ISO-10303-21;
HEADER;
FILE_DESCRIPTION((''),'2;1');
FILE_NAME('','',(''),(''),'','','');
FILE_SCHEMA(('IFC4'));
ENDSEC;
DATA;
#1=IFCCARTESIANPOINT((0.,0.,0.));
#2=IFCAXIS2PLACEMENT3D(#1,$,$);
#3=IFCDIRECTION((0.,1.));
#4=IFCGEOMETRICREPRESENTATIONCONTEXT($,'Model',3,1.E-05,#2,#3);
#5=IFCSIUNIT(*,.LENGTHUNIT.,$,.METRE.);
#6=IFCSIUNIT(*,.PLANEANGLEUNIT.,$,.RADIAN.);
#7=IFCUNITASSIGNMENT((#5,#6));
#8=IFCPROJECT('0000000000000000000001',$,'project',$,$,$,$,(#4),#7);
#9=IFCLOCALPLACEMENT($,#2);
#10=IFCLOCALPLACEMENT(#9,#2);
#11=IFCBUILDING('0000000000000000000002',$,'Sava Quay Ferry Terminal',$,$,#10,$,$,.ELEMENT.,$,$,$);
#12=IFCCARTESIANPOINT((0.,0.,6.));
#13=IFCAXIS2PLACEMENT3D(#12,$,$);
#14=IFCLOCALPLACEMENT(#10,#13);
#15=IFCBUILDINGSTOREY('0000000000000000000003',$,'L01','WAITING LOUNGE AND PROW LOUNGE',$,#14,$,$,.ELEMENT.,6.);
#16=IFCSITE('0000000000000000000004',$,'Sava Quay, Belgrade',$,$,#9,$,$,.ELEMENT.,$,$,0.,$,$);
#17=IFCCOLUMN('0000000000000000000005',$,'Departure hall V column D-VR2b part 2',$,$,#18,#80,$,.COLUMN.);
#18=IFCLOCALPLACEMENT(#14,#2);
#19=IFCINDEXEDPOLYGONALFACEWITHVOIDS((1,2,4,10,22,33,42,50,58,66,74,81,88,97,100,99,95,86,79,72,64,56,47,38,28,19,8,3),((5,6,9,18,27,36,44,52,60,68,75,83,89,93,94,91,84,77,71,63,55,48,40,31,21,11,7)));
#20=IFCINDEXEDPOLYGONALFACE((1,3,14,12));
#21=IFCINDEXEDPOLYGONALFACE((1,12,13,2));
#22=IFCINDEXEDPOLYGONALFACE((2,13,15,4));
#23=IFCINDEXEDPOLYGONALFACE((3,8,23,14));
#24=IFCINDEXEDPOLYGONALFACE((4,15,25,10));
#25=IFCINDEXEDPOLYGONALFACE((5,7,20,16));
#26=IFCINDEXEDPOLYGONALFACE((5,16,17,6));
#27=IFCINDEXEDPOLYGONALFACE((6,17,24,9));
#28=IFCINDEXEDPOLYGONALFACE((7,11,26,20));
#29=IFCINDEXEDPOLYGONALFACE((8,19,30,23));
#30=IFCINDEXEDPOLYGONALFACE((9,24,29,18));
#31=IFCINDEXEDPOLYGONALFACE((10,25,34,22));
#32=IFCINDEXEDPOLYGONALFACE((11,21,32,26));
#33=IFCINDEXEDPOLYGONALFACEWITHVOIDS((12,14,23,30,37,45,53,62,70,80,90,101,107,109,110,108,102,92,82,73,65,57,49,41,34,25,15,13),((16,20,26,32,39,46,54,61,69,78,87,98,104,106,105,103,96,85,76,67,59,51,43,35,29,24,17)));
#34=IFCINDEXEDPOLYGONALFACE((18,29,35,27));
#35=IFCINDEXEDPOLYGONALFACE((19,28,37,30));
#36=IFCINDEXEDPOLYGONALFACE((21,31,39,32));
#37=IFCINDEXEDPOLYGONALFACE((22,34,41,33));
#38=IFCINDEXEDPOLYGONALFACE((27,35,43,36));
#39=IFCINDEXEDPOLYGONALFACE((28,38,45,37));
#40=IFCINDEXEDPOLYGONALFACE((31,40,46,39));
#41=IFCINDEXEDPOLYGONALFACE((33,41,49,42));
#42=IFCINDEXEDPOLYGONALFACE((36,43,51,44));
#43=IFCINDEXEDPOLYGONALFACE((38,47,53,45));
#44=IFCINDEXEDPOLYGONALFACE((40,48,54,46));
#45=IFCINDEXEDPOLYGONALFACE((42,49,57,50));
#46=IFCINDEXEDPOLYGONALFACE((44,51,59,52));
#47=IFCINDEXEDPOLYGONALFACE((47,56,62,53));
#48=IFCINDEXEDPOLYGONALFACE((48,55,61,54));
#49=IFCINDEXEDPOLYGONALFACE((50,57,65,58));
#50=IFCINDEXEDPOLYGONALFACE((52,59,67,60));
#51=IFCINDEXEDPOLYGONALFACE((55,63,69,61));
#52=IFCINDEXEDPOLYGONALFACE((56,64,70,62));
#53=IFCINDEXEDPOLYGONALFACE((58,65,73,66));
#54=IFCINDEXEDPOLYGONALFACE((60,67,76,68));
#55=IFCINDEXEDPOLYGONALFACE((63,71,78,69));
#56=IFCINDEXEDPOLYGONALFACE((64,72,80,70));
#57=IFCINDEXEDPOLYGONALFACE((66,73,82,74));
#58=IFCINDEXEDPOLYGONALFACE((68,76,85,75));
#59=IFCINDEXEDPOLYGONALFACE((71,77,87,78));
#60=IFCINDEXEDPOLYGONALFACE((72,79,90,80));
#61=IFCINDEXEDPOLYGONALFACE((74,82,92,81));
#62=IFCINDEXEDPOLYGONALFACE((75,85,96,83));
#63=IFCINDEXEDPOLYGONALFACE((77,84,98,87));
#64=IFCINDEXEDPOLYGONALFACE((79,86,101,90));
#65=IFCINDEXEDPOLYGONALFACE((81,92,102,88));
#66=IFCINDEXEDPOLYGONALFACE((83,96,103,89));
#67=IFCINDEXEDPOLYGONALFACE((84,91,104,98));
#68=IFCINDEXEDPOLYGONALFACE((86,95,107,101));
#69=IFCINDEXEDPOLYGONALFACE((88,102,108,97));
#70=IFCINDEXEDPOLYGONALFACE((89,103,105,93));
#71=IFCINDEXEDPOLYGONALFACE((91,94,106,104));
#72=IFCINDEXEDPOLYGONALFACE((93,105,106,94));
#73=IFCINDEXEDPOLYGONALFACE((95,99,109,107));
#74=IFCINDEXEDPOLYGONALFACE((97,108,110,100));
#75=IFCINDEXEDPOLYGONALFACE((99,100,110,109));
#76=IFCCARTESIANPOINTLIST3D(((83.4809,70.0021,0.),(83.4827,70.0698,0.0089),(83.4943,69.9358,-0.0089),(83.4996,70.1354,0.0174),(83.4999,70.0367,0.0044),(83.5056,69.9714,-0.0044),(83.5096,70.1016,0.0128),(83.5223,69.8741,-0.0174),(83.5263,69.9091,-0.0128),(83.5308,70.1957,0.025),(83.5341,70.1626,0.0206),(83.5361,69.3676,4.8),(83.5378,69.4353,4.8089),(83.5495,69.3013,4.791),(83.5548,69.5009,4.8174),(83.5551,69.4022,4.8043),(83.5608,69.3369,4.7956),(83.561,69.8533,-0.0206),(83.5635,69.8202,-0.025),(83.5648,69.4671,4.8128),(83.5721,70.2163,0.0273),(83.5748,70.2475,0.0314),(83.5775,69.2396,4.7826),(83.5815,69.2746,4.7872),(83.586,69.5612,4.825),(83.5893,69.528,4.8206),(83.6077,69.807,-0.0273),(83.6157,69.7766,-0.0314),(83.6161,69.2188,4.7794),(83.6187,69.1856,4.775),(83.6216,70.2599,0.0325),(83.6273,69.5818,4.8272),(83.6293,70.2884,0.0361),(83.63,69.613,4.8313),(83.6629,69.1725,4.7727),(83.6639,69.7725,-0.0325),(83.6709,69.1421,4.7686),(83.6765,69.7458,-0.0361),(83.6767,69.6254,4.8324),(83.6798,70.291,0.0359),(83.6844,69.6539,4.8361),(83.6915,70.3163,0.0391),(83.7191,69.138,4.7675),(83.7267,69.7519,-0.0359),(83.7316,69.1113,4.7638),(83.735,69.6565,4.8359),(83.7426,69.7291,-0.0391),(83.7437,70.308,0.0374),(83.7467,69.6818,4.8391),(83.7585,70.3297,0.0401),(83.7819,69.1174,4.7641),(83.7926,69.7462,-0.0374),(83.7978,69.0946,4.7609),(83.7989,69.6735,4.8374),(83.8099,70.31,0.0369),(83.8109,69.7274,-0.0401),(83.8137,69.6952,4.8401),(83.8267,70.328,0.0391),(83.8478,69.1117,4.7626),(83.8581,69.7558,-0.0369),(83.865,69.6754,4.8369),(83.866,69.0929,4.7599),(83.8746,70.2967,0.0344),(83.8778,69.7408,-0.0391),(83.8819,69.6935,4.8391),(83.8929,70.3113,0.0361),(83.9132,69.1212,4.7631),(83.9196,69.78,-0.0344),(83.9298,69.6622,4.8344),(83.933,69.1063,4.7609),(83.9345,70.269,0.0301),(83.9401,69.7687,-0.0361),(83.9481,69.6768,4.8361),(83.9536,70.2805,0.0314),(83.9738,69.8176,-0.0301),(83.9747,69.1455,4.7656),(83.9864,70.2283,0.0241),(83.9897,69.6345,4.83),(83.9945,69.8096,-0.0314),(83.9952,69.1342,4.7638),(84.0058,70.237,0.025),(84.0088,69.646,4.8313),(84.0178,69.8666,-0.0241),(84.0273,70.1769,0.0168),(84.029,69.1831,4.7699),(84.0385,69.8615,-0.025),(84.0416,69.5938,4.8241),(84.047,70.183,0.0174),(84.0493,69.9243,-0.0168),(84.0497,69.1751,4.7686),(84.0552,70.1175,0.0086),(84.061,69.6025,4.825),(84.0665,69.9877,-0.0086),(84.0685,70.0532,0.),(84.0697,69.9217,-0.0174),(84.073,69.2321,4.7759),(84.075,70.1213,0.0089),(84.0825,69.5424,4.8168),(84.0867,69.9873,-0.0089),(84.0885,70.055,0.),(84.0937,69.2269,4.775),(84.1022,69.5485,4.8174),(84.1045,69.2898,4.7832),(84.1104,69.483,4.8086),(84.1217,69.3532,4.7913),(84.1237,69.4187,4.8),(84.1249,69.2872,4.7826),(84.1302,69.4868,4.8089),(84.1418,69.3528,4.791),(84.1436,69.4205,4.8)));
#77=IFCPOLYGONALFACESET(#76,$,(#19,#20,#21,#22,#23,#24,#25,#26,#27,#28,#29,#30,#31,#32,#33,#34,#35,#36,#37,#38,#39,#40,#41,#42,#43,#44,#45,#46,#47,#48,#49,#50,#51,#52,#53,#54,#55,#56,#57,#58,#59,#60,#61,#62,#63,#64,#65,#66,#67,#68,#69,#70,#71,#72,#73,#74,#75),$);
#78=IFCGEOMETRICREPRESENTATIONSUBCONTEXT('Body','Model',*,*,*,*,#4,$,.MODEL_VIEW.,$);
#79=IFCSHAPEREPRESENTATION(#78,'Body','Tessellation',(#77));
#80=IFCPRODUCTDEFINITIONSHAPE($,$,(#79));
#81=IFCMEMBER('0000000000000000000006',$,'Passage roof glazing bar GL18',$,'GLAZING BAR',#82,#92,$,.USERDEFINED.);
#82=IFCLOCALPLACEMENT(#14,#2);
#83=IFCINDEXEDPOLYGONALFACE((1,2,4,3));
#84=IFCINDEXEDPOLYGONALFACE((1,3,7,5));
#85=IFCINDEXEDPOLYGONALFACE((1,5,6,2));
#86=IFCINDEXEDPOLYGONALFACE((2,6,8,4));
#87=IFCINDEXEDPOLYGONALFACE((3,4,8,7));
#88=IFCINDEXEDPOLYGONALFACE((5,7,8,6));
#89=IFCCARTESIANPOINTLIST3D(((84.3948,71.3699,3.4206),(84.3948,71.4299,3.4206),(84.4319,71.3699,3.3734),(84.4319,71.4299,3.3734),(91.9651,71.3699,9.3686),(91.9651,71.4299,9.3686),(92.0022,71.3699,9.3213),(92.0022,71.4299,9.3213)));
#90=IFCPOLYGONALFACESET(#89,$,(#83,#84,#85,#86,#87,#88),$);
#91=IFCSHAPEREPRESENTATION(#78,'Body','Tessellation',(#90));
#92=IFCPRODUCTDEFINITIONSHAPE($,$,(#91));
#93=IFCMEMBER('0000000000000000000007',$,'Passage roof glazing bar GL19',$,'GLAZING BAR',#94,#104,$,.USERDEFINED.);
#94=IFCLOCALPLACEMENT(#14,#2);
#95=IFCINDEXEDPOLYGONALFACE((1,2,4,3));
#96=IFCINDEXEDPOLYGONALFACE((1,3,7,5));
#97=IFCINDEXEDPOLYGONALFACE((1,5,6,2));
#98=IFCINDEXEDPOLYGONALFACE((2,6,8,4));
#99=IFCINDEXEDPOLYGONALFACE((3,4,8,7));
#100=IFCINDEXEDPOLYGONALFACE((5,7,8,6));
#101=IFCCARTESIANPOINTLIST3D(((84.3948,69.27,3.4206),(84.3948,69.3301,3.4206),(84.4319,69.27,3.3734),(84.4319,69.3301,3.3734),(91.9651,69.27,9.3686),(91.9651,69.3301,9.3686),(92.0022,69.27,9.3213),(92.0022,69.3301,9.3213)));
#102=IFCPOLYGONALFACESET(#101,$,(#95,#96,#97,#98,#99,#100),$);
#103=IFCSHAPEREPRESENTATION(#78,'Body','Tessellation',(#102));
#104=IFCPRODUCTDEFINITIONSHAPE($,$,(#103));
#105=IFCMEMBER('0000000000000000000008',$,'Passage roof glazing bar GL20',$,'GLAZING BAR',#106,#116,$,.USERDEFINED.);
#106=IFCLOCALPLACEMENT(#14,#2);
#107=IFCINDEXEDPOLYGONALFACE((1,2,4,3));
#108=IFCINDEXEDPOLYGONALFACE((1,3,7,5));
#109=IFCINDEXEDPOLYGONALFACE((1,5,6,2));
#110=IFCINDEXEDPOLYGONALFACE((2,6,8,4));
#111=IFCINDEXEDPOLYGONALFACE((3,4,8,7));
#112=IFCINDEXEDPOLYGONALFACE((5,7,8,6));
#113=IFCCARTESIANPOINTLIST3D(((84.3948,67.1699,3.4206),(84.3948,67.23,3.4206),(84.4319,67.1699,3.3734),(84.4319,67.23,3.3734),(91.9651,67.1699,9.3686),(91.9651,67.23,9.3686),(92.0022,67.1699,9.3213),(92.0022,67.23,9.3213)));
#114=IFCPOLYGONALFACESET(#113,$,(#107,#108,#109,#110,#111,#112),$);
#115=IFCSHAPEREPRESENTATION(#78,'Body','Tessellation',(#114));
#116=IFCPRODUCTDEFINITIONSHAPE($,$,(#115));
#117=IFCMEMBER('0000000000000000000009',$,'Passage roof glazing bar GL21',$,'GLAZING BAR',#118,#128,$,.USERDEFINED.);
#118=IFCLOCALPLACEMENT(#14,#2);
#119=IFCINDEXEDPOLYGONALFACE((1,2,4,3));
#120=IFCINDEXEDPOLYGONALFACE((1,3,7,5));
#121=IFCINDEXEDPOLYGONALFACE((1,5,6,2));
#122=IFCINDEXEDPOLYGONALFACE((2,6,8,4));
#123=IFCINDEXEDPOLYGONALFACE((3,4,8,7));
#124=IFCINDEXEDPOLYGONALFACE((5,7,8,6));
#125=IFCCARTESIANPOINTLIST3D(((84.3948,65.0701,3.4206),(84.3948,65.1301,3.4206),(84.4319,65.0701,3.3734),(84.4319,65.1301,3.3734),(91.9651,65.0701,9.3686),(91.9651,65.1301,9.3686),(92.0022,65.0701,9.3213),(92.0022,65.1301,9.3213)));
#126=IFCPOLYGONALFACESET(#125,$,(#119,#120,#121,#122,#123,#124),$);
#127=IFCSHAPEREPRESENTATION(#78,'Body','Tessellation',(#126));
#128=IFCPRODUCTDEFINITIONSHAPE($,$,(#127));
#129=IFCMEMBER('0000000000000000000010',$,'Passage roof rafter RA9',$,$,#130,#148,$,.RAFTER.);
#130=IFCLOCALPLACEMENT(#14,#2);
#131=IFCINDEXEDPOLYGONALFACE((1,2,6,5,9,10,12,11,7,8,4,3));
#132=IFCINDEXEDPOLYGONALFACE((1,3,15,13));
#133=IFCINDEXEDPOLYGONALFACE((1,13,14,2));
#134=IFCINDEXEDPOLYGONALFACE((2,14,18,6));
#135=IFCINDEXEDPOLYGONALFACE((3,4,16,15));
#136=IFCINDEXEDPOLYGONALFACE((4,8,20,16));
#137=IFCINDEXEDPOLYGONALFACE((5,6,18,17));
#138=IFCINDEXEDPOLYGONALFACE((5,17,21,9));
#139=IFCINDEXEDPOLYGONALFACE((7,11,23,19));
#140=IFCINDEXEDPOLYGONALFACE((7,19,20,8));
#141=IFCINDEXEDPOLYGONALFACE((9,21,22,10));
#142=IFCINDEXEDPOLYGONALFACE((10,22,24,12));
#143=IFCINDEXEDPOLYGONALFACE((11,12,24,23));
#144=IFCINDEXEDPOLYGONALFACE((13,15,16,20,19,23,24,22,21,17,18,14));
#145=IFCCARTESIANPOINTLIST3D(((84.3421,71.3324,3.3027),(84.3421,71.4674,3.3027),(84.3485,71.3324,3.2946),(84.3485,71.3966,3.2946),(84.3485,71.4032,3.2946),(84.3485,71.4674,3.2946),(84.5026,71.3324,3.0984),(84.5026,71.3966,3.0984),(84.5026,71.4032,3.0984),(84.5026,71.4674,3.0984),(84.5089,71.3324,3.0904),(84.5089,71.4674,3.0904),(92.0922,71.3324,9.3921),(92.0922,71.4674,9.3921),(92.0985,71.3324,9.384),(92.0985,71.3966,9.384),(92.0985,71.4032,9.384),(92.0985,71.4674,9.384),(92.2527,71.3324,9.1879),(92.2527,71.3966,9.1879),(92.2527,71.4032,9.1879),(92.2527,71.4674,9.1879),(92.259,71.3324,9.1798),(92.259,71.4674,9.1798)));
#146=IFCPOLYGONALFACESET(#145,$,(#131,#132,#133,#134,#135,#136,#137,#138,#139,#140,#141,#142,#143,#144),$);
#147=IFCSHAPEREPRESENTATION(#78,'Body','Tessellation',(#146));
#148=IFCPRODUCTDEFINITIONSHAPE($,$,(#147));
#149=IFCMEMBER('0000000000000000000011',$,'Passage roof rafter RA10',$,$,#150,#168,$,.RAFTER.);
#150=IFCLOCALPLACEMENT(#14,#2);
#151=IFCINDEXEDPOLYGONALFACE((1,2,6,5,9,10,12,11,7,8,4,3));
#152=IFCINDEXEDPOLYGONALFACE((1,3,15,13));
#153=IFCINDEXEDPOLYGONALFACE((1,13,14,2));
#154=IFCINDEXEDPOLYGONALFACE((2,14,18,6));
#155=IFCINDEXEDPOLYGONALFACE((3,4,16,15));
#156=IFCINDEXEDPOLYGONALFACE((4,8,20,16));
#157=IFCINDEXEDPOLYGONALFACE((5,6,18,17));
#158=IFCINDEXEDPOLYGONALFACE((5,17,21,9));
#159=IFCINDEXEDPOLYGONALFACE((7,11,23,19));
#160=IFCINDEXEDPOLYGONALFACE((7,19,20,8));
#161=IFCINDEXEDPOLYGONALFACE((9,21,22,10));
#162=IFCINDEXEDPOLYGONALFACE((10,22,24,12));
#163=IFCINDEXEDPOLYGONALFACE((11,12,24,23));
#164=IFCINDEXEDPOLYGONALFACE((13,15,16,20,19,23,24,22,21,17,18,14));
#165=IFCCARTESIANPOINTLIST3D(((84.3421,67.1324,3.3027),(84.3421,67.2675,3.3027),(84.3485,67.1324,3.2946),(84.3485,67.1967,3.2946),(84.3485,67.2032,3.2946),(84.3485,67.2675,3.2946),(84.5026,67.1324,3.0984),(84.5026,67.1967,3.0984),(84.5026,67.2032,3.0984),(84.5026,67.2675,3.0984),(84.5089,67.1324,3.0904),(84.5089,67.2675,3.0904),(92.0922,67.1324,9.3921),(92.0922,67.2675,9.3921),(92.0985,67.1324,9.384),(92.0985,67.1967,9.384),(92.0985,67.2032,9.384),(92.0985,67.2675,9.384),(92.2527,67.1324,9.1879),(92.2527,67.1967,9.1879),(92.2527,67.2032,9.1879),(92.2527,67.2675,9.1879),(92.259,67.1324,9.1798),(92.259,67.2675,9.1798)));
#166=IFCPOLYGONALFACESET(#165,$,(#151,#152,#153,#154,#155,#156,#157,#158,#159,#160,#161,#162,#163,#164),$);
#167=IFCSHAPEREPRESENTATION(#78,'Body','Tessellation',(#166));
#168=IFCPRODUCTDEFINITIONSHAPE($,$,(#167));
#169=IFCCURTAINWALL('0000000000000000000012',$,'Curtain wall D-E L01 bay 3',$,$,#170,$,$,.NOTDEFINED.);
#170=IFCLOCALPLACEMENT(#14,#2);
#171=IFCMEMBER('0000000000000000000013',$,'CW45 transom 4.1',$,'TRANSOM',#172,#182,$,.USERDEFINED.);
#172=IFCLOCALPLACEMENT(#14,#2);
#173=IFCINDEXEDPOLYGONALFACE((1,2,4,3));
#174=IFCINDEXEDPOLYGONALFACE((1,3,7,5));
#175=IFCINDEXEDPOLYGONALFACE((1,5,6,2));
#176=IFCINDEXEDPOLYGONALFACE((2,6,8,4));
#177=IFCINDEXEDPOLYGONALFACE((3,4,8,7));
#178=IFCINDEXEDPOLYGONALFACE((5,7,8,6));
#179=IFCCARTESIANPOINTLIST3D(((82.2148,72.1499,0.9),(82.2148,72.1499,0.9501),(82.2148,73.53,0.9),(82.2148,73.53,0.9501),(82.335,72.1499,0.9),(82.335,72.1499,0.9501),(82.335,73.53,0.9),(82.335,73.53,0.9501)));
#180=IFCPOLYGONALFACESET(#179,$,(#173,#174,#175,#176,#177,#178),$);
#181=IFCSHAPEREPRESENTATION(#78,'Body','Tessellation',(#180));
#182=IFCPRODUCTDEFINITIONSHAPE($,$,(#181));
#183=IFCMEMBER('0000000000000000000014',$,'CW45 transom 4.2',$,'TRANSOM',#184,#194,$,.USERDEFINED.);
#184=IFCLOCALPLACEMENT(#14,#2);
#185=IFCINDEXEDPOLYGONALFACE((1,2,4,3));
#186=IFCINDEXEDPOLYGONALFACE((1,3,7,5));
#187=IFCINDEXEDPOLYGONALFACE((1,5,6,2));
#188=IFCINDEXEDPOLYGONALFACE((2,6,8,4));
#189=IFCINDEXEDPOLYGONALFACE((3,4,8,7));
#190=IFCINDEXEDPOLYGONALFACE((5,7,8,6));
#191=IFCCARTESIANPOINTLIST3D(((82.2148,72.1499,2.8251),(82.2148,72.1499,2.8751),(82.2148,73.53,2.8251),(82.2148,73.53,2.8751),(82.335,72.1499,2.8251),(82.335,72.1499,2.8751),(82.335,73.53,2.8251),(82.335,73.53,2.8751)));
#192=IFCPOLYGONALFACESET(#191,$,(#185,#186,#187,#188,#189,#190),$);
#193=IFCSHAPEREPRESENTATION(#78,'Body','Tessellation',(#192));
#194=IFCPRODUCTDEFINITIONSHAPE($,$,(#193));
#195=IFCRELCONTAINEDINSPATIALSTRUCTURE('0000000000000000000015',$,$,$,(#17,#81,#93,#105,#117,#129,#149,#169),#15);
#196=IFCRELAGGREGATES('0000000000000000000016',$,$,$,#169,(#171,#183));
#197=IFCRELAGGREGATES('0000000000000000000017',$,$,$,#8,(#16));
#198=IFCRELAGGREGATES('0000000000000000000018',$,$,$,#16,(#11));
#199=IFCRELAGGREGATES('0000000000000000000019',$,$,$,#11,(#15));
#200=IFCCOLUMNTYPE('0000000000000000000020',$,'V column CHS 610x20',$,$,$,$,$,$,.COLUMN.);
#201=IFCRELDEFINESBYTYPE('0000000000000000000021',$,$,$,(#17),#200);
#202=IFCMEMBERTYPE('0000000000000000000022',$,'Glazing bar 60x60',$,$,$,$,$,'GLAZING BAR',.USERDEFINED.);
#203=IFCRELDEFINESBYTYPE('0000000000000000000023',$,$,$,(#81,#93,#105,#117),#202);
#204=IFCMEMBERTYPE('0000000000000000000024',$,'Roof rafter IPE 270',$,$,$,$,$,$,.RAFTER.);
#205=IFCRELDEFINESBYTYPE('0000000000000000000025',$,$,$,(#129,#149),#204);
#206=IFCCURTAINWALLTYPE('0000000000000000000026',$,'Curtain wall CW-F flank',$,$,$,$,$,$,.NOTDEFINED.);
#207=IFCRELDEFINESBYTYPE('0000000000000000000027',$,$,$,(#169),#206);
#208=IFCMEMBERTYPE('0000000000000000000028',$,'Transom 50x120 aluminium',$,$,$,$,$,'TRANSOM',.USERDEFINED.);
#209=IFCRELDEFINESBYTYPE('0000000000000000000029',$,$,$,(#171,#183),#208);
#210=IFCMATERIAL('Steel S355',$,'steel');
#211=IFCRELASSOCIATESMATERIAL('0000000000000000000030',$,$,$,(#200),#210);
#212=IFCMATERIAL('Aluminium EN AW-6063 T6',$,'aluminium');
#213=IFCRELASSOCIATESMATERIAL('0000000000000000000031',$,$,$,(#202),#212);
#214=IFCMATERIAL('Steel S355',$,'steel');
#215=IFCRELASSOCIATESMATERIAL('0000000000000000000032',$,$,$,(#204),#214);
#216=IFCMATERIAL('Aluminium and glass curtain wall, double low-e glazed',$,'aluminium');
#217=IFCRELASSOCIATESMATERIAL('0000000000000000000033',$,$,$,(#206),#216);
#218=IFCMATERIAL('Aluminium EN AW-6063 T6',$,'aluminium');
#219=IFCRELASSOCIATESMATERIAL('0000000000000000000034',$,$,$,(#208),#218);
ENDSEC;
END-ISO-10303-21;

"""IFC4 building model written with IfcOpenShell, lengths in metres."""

from ifc_helpers import new_model, si_unit, direction, frame, origin, origin_2d, place, context, subcontext, project, spatial, rectangle, hollow_circle, i_section, extrude, material, material_profile, profile_set, type_object, element, aggregate, save


model = new_model("IFC4")

# Units and contexts
model_context = context("Model", 3, precision=1e-05, world=origin(), true_north=direction((0.0, 1.0)))
body_context = subcontext(model_context, "Body", "Model", "MODEL_VIEW")
ifc_project = project(units=[si_unit("LENGTHUNIT", "METRE"), si_unit("PLANEANGLEUNIT", "RADIAN")], contexts=[model_context])

# Site, building, storey
site_placement = place(None, origin())
site = spatial("IfcSite", under=ifc_project, at=site_placement, Name="Sava Quay, Belgrade", CompositionType="ELEMENT", RefElevation=0.0)
building_placement = place(site_placement, origin())
building = spatial("IfcBuilding", under=site, at=building_placement, Name="Sava Quay Ferry Terminal", CompositionType="ELEMENT")
storey_placement = place(building_placement, frame((0.0, 0.0, 6.0)))
storey = spatial("IfcBuildingStorey", under=building, at=storey_placement, Name="L01", Description="WAITING LOUNGE AND PROW LOUNGE", CompositionType="ELEMENT", Elevation=6.0)

# Column
ifc_material_1 = material(Name="Steel S355", Category="steel")
ifc_material_profile_1 = material_profile(ifc_material_1, hollow_circle(Radius=0.3049, WallThickness=0.02, at=origin_2d()), Name="CHS 610 x 20.0")
ifc_profile_set_1 = profile_set([ifc_material_profile_1], Name="Steel S355")
column_type = type_object("IfcColumnType", Name="V column CHS 610x20", PredefinedType="COLUMN", material=ifc_profile_set_1)
column_placement = place(storey_placement, frame((83.7847, 70.0286, 0.0), z_axis=(0.011395, -0.131042, 0.991311), x_axis=(0.996241, 0.08663, 0.0)))
element("IfcColumn", 1, at=column_placement, inside=storey, type_object=column_type, Name="Departure hall V column D-VR2b part 2", PredefinedType="COLUMN", context=body_context, shape_type="SweptSolid", body=[
    extrude(hollow_circle(Radius=0.3049, WallThickness=0.02, at=origin_2d()), origin(), (0.0, 0.0, 1.0), 4.842),
])

# Members
ifc_material_2 = material(Name="Aluminium EN AW-6063 T6", Category="aluminium")
ifc_material_profile_2 = material_profile(ifc_material_2, rectangle(XDim=0.0601, YDim=0.0601, at=origin_2d()), Name="Bar 60 x 60")
ifc_profile_set_2 = profile_set([ifc_material_profile_2], Name="Aluminium EN AW-6063 T6")
member_type_1 = type_object("IfcMemberType", Name="Glazing bar 60x60", ElementType="GLAZING BAR", PredefinedType="USERDEFINED", material=ifc_profile_set_2)
for number, where, z_axis, x_axis, name in (
    (2, (84.4133, 71.3999, 3.397), (0.786324, 0.0, 0.617815), (0.0, 1.0, 0.0), "Passage roof glazing bar GL18"),
    (3, (84.4133, 69.3, 3.397), (0.786324, 0.0, 0.617815), (0.0, 1.0, 0.0), "Passage roof glazing bar GL19"),
    (4, (84.4133, 67.2, 3.397), (0.786324, 0.0, 0.617815), (0.0, 1.0, 0.0), "Passage roof glazing bar GL20"),
    (5, (84.4133, 65.1001, 3.397), (0.786324, 0.0, 0.617815), (0.0, 1.0, 0.0), "Passage roof glazing bar GL21"),
):
    element("IfcMember", number, at=place(storey_placement, frame(where, z_axis=z_axis, x_axis=x_axis)), inside=storey, type_object=member_type_1, Name=name, ObjectType="GLAZING BAR", PredefinedType="USERDEFINED", context=body_context, shape_type="SweptSolid", body=[
        extrude(rectangle(XDim=0.0601, YDim=0.0601, at=origin_2d()), origin(), (0.0, 0.0, 1.0), 9.6274),
    ])
ifc_material_3 = material(Name="Steel S355", Category="steel")
ifc_material_profile_3 = material_profile(ifc_material_3, i_section(OverallWidth=0.135, OverallDepth=0.27, WebThickness=0.0066, FlangeThickness=0.0103, at=origin_2d()), Name="IPE 270")
ifc_profile_set_3 = profile_set([ifc_material_profile_3], Name="Steel S355")
member_type_2 = type_object("IfcMemberType", Name="Roof rafter IPE 270", PredefinedType="RAFTER", material=ifc_profile_set_3)
for number, where, z_axis, x_axis, name in (
    (6, (84.4255, 71.3999, 3.1965), (0.786315, 0.0, 0.617826), (0.0, 1.0, 0.0), "Passage roof rafter RA9"),
    (7, (84.4255, 67.2, 3.1965), (0.786315, 0.0, 0.617826), (0.0, 1.0, 0.0), "Passage roof rafter RA10"),
):
    element("IfcMember", number, at=place(storey_placement, frame(where, z_axis=z_axis, x_axis=x_axis)), inside=storey, type_object=member_type_2, Name=name, PredefinedType="RAFTER", context=body_context, shape_type="SweptSolid", body=[
        extrude(i_section(OverallWidth=0.135, OverallDepth=0.27, WebThickness=0.0066, FlangeThickness=0.0103, at=origin_2d()), origin(), (0.0, 0.0, 1.0), 9.8562),
    ])

# Curtain wall, members
ifc_material_4 = material(Name="Aluminium and glass curtain wall, double low-e glazed", Category="aluminium")
curtain_wall_type = type_object("IfcCurtainWallType", Name="Curtain wall CW-F flank", PredefinedType="NOTDEFINED", material=ifc_material_4)
curtain_wall_placement = place(storey_placement, origin())
curtain_wall = element("IfcCurtainWall", 8, at=curtain_wall_placement, inside=storey, type_object=curtain_wall_type, Name="Curtain wall D-E L01 bay 3", PredefinedType="NOTDEFINED")
ifc_material_5 = material(Name="Aluminium EN AW-6063 T6", Category="aluminium")
ifc_material_profile_4 = material_profile(ifc_material_5, rectangle(XDim=0.1201, YDim=0.05, at=origin_2d()), Name="Transom 50x120 aluminium")
ifc_profile_set_4 = profile_set([ifc_material_profile_4], Name="Aluminium EN AW-6063 T6")
member_type_3 = type_object("IfcMemberType", Name="Transom 50x120 aluminium", ElementType="TRANSOM", PredefinedType="USERDEFINED", material=ifc_profile_set_4)
member_1_placement = place(storey_placement, frame((82.2749, 72.1499, 0.925), z_axis=(0.0, 1.0, 0.0), x_axis=(-1.0, 0.0, 0.0)))
member_1 = element("IfcMember", 9, at=member_1_placement, type_object=member_type_3, Name="CW45 transom 4.1", ObjectType="TRANSOM", PredefinedType="USERDEFINED", context=body_context, shape_type="SweptSolid", body=[
    extrude(rectangle(XDim=0.1201, YDim=0.05, at=origin_2d()), origin(), (0.0, 0.0, 1.0), 1.3801),
])
member_2_placement = place(storey_placement, frame((82.2749, 72.1499, 2.8501), z_axis=(0.0, 1.0, 0.0), x_axis=(-1.0, 0.0, 0.0)))
member_2 = element("IfcMember", 10, at=member_2_placement, type_object=member_type_3, Name="CW45 transom 4.2", ObjectType="TRANSOM", PredefinedType="USERDEFINED", context=body_context, shape_type="SweptSolid", body=[
    extrude(rectangle(XDim=0.1201, YDim=0.05, at=origin_2d()), origin(), (0.0, 0.0, 1.0), 1.3801),
])
aggregate(curtain_wall, [member_1, member_2])

save(model, "model.ifc")
